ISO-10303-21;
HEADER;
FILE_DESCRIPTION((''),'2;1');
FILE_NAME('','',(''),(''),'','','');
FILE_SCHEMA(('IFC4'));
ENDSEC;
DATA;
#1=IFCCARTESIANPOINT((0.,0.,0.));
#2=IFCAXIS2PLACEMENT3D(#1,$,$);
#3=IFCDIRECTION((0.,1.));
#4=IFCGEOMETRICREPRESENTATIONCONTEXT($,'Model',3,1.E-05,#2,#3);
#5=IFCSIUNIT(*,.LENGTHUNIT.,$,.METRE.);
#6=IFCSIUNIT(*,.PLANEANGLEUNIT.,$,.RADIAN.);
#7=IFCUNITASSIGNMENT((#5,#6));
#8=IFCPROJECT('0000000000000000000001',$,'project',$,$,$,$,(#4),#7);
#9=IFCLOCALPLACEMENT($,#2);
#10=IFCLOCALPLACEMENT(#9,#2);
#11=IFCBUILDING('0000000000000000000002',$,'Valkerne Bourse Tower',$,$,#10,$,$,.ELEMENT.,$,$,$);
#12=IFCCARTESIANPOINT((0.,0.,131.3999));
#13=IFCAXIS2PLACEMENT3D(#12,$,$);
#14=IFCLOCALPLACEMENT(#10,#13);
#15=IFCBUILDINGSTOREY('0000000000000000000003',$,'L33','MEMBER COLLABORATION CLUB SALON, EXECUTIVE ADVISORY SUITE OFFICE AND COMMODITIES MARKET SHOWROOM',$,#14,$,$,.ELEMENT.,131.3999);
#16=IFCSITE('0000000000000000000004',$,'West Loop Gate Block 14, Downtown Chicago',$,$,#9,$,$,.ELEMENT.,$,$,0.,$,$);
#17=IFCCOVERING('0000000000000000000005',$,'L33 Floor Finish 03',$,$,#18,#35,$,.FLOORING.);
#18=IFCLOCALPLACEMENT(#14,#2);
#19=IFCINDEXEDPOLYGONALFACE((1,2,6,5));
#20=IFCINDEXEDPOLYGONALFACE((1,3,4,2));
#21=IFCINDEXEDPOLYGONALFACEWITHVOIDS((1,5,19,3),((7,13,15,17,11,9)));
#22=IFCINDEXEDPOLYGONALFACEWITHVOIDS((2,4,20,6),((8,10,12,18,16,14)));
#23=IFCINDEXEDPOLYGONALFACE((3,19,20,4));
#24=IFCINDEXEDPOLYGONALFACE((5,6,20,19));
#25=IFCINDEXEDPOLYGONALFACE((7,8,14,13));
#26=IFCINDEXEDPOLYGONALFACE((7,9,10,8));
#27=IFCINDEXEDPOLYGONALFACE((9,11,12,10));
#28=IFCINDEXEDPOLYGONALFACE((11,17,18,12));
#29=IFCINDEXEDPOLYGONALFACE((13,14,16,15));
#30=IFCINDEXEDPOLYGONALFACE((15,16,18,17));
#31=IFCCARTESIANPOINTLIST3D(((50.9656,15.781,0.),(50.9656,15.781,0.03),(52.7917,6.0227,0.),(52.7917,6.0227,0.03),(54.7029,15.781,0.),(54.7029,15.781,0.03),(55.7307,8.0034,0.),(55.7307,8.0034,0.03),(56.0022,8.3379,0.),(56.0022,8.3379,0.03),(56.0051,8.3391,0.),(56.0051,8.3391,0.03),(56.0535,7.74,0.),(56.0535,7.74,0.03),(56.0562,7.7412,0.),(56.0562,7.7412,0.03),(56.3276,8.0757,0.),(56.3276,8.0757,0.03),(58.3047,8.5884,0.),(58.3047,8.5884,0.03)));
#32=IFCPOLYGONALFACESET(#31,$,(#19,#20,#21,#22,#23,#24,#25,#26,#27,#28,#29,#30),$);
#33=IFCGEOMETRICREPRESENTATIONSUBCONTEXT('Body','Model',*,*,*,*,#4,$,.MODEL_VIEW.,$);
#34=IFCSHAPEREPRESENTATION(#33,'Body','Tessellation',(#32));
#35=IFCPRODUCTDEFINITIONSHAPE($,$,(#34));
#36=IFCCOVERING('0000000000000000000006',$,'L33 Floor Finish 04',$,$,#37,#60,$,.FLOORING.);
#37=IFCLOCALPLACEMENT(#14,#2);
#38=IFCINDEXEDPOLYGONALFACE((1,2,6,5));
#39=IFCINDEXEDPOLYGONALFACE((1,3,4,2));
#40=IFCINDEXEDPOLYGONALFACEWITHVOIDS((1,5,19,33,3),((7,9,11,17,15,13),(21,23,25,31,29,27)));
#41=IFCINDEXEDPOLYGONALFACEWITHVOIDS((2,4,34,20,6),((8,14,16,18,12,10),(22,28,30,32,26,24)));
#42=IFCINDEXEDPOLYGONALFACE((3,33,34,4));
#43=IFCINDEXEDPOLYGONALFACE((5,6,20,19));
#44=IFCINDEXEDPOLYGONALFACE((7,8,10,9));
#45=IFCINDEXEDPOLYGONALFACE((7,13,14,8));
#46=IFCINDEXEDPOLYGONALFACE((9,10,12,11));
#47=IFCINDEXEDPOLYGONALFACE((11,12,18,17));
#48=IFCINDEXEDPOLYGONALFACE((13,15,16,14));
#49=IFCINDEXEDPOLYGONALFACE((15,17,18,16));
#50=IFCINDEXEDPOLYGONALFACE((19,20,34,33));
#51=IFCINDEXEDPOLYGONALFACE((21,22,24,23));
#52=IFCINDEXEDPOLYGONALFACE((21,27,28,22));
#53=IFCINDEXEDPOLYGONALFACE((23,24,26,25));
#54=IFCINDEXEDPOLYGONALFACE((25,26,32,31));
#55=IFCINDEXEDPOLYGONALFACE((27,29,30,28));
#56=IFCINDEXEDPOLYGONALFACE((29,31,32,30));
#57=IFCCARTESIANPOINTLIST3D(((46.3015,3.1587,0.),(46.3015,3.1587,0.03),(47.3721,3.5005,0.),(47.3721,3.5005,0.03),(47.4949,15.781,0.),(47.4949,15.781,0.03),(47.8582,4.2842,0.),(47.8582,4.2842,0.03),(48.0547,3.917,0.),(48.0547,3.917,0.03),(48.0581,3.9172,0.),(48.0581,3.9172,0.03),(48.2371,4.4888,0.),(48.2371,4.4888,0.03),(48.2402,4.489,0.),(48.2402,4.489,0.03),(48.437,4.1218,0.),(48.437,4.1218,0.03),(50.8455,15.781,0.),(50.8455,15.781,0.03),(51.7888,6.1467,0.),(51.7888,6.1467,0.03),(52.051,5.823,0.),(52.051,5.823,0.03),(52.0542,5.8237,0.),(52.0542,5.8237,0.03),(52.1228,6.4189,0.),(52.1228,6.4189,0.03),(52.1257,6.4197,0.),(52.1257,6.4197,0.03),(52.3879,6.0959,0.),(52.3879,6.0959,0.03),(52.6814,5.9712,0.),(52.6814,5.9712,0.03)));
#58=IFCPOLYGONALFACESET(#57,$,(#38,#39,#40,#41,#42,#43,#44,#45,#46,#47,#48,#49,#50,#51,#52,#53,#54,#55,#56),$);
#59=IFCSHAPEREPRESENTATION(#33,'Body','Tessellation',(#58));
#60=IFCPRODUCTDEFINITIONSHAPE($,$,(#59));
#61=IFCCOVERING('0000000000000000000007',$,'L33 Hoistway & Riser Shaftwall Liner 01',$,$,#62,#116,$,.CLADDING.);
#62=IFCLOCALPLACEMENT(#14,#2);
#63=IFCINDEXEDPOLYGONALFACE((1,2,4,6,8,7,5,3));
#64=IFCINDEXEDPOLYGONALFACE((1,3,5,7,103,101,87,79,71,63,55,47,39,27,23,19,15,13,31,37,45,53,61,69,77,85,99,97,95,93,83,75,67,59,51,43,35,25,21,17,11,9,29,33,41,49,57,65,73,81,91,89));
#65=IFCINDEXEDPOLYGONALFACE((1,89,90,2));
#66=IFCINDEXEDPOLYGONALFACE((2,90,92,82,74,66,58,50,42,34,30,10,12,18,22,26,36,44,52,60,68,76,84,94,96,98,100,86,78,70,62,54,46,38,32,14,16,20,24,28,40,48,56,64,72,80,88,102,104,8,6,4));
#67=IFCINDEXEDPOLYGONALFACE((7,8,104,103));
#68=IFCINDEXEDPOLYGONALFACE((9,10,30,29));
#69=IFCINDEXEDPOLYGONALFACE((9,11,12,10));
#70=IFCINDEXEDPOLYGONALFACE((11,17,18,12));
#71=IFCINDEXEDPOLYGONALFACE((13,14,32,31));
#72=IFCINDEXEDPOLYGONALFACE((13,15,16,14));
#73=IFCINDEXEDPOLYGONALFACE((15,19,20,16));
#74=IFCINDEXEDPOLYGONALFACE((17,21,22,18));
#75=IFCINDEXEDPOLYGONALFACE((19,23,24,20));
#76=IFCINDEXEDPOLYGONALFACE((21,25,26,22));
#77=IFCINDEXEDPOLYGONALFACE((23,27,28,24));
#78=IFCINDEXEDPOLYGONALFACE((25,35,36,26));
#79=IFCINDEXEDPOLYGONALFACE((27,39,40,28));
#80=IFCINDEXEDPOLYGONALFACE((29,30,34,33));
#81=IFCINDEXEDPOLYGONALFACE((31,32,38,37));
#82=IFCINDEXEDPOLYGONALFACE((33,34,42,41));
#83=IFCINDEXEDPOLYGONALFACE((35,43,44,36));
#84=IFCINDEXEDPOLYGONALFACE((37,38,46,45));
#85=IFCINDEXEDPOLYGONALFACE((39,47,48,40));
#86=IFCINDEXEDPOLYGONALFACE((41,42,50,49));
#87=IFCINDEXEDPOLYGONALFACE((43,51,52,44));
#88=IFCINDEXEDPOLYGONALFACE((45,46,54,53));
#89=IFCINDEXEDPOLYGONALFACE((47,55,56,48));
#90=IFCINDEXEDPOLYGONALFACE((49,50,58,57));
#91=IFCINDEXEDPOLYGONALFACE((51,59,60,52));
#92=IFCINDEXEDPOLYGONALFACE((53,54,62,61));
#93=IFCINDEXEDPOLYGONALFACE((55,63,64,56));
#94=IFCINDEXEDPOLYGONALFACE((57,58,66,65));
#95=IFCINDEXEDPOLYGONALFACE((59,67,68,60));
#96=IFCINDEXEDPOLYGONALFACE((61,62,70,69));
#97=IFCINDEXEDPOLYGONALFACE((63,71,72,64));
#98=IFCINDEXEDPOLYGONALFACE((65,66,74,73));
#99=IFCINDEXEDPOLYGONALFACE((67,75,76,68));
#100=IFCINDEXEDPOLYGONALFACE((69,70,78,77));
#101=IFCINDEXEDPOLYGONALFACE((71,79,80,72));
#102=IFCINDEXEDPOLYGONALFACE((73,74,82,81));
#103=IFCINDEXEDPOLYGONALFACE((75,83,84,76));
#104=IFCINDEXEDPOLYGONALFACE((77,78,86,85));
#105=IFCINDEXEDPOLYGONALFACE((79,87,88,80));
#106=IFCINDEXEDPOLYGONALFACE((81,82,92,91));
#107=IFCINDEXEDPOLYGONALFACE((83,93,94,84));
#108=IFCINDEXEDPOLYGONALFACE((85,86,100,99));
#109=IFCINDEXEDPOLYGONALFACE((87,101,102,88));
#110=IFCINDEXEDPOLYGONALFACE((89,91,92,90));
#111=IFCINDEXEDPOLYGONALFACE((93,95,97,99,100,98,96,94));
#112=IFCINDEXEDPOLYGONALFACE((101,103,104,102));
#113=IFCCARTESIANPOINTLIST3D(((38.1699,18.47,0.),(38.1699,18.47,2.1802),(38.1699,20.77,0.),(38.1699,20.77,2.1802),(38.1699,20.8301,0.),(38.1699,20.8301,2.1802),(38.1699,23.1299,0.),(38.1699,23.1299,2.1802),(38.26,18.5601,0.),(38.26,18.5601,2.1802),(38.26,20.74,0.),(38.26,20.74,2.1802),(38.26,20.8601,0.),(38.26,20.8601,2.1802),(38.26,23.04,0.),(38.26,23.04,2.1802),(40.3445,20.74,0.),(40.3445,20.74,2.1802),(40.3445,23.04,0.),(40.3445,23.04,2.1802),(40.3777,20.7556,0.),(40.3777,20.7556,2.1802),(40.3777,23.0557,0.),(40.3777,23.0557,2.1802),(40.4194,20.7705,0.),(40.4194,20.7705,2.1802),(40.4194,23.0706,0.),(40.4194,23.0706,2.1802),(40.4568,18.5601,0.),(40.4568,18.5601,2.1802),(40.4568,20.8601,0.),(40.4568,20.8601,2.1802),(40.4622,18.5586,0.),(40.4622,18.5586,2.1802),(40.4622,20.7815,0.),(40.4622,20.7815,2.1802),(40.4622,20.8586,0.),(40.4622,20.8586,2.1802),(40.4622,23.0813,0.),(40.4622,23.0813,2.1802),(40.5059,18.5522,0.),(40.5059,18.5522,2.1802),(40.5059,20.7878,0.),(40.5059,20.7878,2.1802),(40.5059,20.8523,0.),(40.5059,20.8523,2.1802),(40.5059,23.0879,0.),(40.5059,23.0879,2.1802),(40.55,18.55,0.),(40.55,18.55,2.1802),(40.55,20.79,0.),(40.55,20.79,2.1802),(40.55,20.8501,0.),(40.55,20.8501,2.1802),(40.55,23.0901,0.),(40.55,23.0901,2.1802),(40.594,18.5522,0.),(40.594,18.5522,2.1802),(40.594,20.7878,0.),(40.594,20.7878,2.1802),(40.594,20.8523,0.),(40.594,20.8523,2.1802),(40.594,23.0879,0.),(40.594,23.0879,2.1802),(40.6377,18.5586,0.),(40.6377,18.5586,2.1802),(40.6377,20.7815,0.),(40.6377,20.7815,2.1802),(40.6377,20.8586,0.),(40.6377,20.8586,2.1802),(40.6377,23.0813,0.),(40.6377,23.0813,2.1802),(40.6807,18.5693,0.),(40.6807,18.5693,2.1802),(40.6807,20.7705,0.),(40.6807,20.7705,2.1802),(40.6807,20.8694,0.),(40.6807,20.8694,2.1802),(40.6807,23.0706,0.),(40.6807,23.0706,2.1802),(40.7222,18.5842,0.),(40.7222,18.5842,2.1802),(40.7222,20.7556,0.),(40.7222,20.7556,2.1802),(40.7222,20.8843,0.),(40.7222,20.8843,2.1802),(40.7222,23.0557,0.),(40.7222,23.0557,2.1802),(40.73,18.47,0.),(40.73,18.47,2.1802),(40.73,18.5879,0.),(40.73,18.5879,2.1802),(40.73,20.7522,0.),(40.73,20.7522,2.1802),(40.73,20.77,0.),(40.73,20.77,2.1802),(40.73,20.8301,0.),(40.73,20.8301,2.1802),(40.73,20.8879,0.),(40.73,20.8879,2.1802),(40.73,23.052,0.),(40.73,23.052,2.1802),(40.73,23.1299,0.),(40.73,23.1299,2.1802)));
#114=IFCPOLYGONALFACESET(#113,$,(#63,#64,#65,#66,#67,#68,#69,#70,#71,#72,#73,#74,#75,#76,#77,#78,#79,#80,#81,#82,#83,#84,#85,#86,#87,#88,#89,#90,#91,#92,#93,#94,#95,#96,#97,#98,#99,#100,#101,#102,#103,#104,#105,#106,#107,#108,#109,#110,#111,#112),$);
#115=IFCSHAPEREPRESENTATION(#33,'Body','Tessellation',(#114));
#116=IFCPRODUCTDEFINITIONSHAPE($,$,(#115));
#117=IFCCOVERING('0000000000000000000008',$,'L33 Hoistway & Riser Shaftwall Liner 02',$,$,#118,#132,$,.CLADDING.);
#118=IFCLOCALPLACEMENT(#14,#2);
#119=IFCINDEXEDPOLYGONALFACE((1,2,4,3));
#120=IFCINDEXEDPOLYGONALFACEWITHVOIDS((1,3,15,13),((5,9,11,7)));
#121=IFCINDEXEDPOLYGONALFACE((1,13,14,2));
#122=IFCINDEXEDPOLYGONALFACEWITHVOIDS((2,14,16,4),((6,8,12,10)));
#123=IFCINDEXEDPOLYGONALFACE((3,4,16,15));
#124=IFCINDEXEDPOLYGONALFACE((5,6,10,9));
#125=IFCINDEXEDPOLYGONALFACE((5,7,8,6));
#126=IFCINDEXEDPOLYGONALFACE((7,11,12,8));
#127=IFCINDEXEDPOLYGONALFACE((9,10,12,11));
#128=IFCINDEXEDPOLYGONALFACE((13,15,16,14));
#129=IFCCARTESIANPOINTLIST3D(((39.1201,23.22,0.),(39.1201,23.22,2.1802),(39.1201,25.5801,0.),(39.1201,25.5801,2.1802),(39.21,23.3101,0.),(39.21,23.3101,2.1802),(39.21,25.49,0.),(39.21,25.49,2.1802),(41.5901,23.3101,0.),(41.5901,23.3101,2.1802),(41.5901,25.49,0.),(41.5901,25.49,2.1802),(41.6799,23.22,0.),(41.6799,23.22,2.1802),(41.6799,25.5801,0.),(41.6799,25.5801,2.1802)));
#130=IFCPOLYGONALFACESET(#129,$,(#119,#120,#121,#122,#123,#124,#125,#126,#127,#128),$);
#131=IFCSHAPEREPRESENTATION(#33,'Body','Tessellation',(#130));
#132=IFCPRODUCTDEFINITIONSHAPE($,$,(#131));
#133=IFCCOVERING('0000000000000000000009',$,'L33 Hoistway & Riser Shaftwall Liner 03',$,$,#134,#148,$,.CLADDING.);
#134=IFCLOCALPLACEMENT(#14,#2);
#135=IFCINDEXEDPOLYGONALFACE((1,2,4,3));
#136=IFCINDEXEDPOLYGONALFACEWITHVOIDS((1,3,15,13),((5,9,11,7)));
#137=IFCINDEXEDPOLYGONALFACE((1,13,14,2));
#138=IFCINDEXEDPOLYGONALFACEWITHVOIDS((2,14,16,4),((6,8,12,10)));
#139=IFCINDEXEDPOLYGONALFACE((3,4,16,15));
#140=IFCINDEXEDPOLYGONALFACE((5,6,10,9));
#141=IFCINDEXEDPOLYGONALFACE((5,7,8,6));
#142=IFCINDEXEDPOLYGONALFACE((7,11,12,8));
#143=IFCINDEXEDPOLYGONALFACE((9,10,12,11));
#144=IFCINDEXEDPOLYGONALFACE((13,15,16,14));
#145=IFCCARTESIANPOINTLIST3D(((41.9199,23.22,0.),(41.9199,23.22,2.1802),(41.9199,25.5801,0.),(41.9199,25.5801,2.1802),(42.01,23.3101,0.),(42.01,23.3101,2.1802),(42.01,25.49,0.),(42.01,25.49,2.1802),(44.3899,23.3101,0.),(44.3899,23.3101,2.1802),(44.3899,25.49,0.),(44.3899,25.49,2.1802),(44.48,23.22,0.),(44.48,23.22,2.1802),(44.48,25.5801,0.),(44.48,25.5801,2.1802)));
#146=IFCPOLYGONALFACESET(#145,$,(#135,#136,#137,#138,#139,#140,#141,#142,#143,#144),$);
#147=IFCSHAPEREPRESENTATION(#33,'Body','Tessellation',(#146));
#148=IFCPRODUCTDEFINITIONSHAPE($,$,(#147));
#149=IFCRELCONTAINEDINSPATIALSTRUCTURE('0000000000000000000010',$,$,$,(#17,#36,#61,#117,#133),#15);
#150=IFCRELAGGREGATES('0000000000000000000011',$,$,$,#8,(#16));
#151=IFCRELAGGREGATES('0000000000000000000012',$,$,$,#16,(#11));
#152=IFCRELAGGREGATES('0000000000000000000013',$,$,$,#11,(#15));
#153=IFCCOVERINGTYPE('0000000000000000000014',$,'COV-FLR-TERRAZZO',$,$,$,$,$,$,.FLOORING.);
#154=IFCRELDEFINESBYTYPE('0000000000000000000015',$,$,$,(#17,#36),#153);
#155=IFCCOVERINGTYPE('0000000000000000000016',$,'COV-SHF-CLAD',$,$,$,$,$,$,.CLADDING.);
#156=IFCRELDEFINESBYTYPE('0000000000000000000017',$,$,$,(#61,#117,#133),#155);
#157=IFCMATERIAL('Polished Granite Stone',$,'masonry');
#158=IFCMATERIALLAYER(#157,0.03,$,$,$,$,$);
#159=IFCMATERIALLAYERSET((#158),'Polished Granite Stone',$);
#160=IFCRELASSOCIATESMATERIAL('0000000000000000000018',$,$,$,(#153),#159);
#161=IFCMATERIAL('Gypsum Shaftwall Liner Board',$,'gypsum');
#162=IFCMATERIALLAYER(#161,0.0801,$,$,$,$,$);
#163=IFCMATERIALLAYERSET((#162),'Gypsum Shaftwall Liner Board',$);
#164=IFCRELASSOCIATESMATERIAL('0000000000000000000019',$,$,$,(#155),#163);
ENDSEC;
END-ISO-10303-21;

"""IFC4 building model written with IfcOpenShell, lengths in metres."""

from ifc_helpers import new_model, si_unit, direction, frame, origin, place, context, subcontext, project, spatial, polyline, outline, extrude, material, layer, layer_set, type_object, element, save


model = new_model("IFC4")

# Units and contexts
model_context = context("Model", 3, precision=1e-05, world=origin(), true_north=direction((0.0, 1.0)))
body_context = subcontext(model_context, "Body", "Model", "MODEL_VIEW")
ifc_project = project(units=[si_unit("LENGTHUNIT", "METRE"), si_unit("PLANEANGLEUNIT", "RADIAN")], contexts=[model_context])

# Site, building, storey
site_placement = place(None, origin())
site = spatial("IfcSite", under=ifc_project, at=site_placement, Name="West Loop Gate Block 14, Downtown Chicago", CompositionType="ELEMENT", RefElevation=0.0)
building_placement = place(site_placement, origin())
building = spatial("IfcBuilding", under=site, at=building_placement, Name="Valkerne Bourse Tower", CompositionType="ELEMENT")
storey_placement = place(building_placement, frame((0.0, 0.0, 131.3999)))
storey = spatial("IfcBuildingStorey", under=building, at=storey_placement, Name="L33", Description="MEMBER COLLABORATION CLUB SALON, EXECUTIVE ADVISORY SUITE OFFICE AND COMMODITIES MARKET SHOWROOM", CompositionType="ELEMENT", Elevation=131.3999)

# Coverings
ifc_material_1 = material(Name="Polished Granite Stone", Category="masonry")
ifc_layer_1 = layer(ifc_material_1, 0.03)
ifc_layer_set_1 = layer_set([ifc_layer_1], Name="Polished Granite Stone")
covering_type_1 = type_object("IfcCoveringType", Name="COV-FLR-TERRAZZO", PredefinedType="FLOORING", material=ifc_layer_set_1)
covering_1_placement = place(storey_placement, origin())
element("IfcCovering", 1, at=covering_1_placement, inside=storey, type_object=covering_type_1, Name="L33 Floor Finish 03", PredefinedType="FLOORING", context=body_context, shape_type="SweptSolid", body=[
    extrude(outline(polyline([(54.7029, 15.781), (58.3047, 8.5884), (52.7917, 6.0227), (50.9656, 15.781), (54.7029, 15.781)]), holes=[polyline([(56.0562, 7.7412), (56.3276, 8.0757), (56.0051, 8.3391), (56.0022, 8.3379), (55.7307, 8.0034), (56.0535, 7.74), (56.0562, 7.7412)])]), origin(), (0.0, 0.0, 1.0), 0.03),
])
covering_2_placement = place(storey_placement, origin())
element("IfcCovering", 2, at=covering_2_placement, inside=storey, type_object=covering_type_1, Name="L33 Floor Finish 04", PredefinedType="FLOORING", context=body_context, shape_type="SweptSolid", body=[
    extrude(outline(polyline([(47.4949, 15.781), (50.8455, 15.781), (52.6814, 5.9712), (47.3721, 3.5005), (46.3015, 3.1587), (47.4949, 15.781)]), holes=[polyline([(48.0581, 3.9172), (48.437, 4.1218), (48.2402, 4.489), (48.2371, 4.4888), (47.8582, 4.2842), (48.0547, 3.917), (48.0581, 3.9172)]), polyline([(52.3879, 6.0959), (52.1257, 6.4197), (52.1228, 6.4189), (51.7888, 6.1467), (52.051, 5.823), (52.0542, 5.8237), (52.3879, 6.0959)])]), origin(), (0.0, 0.0, 1.0), 0.03),
])
ifc_material_2 = material(Name="Gypsum Shaftwall Liner Board", Category="gypsum")
ifc_layer_2 = layer(ifc_material_2, 0.0801)
ifc_layer_set_2 = layer_set([ifc_layer_2], Name="Gypsum Shaftwall Liner Board")
covering_type_2 = type_object("IfcCoveringType", Name="COV-SHF-CLAD", PredefinedType="CLADDING", material=ifc_layer_set_2)
covering_3_placement = place(storey_placement, origin())
element("IfcCovering", 3, at=covering_3_placement, inside=storey, type_object=covering_type_2, Name="L33 Hoistway & Riser Shaftwall Liner 01", PredefinedType="CLADDING", context=body_context, shape_type="SweptSolid", body=[
    extrude(outline(polyline([(38.1699, 23.1299), (40.73, 23.1299), (40.73, 23.052), (40.7222, 23.0557), (40.6807, 23.0706), (40.6377, 23.0813), (40.594, 23.0879), (40.55, 23.0901), (40.5059, 23.0879), (40.4622, 23.0813), (40.4194, 23.0706), (40.3777, 23.0557), (40.3445, 23.04), (38.26, 23.04), (38.26, 20.8601), (40.4568, 20.8601), (40.4622, 20.8586), (40.5059, 20.8523), (40.55, 20.8501), (40.594, 20.8523), (40.6377, 20.8586), (40.6807, 20.8694), (40.7222, 20.8843), (40.73, 20.8879), (40.73, 20.8301), (40.73, 20.77), (40.73, 20.7522), (40.7222, 20.7556), (40.6807, 20.7705), (40.6377, 20.7815), (40.594, 20.7878), (40.55, 20.79), (40.5059, 20.7878), (40.4622, 20.7815), (40.4194, 20.7705), (40.3777, 20.7556), (40.3445, 20.74), (38.26, 20.74), (38.26, 18.5601), (40.4568, 18.5601), (40.4622, 18.5586), (40.5059, 18.5522), (40.55, 18.55), (40.594, 18.5522), (40.6377, 18.5586), (40.6807, 18.5693), (40.7222, 18.5842), (40.73, 18.5879), (40.73, 18.47), (38.1699, 18.47), (38.1699, 20.77), (38.1699, 20.8301), (38.1699, 23.1299)])), origin(), (0.0, 0.0, 1.0), 2.1802),
])
covering_4_placement = place(storey_placement, origin())
element("IfcCovering", 4, at=covering_4_placement, inside=storey, type_object=covering_type_2, Name="L33 Hoistway & Riser Shaftwall Liner 02", PredefinedType="CLADDING", context=body_context, shape_type="SweptSolid", body=[
    extrude(outline(polyline([(41.6799, 23.22), (39.1201, 23.22), (39.1201, 25.5801), (41.6799, 25.5801), (41.6799, 23.22)]), holes=[polyline([(39.21, 25.49), (39.21, 23.3101), (41.5901, 23.3101), (41.5901, 25.49), (39.21, 25.49)])]), origin(), (0.0, 0.0, 1.0), 2.1802),
])
covering_5_placement = place(storey_placement, origin())
element("IfcCovering", 5, at=covering_5_placement, inside=storey, type_object=covering_type_2, Name="L33 Hoistway & Riser Shaftwall Liner 03", PredefinedType="CLADDING", context=body_context, shape_type="SweptSolid", body=[
    extrude(outline(polyline([(44.48, 23.22), (41.9199, 23.22), (41.9199, 25.5801), (44.48, 25.5801), (44.48, 23.22)]), holes=[polyline([(42.01, 25.49), (42.01, 23.3101), (44.3899, 23.3101), (44.3899, 25.49), (42.01, 25.49)])]), origin(), (0.0, 0.0, 1.0), 2.1802),
])

save(model, "model.ifc")
